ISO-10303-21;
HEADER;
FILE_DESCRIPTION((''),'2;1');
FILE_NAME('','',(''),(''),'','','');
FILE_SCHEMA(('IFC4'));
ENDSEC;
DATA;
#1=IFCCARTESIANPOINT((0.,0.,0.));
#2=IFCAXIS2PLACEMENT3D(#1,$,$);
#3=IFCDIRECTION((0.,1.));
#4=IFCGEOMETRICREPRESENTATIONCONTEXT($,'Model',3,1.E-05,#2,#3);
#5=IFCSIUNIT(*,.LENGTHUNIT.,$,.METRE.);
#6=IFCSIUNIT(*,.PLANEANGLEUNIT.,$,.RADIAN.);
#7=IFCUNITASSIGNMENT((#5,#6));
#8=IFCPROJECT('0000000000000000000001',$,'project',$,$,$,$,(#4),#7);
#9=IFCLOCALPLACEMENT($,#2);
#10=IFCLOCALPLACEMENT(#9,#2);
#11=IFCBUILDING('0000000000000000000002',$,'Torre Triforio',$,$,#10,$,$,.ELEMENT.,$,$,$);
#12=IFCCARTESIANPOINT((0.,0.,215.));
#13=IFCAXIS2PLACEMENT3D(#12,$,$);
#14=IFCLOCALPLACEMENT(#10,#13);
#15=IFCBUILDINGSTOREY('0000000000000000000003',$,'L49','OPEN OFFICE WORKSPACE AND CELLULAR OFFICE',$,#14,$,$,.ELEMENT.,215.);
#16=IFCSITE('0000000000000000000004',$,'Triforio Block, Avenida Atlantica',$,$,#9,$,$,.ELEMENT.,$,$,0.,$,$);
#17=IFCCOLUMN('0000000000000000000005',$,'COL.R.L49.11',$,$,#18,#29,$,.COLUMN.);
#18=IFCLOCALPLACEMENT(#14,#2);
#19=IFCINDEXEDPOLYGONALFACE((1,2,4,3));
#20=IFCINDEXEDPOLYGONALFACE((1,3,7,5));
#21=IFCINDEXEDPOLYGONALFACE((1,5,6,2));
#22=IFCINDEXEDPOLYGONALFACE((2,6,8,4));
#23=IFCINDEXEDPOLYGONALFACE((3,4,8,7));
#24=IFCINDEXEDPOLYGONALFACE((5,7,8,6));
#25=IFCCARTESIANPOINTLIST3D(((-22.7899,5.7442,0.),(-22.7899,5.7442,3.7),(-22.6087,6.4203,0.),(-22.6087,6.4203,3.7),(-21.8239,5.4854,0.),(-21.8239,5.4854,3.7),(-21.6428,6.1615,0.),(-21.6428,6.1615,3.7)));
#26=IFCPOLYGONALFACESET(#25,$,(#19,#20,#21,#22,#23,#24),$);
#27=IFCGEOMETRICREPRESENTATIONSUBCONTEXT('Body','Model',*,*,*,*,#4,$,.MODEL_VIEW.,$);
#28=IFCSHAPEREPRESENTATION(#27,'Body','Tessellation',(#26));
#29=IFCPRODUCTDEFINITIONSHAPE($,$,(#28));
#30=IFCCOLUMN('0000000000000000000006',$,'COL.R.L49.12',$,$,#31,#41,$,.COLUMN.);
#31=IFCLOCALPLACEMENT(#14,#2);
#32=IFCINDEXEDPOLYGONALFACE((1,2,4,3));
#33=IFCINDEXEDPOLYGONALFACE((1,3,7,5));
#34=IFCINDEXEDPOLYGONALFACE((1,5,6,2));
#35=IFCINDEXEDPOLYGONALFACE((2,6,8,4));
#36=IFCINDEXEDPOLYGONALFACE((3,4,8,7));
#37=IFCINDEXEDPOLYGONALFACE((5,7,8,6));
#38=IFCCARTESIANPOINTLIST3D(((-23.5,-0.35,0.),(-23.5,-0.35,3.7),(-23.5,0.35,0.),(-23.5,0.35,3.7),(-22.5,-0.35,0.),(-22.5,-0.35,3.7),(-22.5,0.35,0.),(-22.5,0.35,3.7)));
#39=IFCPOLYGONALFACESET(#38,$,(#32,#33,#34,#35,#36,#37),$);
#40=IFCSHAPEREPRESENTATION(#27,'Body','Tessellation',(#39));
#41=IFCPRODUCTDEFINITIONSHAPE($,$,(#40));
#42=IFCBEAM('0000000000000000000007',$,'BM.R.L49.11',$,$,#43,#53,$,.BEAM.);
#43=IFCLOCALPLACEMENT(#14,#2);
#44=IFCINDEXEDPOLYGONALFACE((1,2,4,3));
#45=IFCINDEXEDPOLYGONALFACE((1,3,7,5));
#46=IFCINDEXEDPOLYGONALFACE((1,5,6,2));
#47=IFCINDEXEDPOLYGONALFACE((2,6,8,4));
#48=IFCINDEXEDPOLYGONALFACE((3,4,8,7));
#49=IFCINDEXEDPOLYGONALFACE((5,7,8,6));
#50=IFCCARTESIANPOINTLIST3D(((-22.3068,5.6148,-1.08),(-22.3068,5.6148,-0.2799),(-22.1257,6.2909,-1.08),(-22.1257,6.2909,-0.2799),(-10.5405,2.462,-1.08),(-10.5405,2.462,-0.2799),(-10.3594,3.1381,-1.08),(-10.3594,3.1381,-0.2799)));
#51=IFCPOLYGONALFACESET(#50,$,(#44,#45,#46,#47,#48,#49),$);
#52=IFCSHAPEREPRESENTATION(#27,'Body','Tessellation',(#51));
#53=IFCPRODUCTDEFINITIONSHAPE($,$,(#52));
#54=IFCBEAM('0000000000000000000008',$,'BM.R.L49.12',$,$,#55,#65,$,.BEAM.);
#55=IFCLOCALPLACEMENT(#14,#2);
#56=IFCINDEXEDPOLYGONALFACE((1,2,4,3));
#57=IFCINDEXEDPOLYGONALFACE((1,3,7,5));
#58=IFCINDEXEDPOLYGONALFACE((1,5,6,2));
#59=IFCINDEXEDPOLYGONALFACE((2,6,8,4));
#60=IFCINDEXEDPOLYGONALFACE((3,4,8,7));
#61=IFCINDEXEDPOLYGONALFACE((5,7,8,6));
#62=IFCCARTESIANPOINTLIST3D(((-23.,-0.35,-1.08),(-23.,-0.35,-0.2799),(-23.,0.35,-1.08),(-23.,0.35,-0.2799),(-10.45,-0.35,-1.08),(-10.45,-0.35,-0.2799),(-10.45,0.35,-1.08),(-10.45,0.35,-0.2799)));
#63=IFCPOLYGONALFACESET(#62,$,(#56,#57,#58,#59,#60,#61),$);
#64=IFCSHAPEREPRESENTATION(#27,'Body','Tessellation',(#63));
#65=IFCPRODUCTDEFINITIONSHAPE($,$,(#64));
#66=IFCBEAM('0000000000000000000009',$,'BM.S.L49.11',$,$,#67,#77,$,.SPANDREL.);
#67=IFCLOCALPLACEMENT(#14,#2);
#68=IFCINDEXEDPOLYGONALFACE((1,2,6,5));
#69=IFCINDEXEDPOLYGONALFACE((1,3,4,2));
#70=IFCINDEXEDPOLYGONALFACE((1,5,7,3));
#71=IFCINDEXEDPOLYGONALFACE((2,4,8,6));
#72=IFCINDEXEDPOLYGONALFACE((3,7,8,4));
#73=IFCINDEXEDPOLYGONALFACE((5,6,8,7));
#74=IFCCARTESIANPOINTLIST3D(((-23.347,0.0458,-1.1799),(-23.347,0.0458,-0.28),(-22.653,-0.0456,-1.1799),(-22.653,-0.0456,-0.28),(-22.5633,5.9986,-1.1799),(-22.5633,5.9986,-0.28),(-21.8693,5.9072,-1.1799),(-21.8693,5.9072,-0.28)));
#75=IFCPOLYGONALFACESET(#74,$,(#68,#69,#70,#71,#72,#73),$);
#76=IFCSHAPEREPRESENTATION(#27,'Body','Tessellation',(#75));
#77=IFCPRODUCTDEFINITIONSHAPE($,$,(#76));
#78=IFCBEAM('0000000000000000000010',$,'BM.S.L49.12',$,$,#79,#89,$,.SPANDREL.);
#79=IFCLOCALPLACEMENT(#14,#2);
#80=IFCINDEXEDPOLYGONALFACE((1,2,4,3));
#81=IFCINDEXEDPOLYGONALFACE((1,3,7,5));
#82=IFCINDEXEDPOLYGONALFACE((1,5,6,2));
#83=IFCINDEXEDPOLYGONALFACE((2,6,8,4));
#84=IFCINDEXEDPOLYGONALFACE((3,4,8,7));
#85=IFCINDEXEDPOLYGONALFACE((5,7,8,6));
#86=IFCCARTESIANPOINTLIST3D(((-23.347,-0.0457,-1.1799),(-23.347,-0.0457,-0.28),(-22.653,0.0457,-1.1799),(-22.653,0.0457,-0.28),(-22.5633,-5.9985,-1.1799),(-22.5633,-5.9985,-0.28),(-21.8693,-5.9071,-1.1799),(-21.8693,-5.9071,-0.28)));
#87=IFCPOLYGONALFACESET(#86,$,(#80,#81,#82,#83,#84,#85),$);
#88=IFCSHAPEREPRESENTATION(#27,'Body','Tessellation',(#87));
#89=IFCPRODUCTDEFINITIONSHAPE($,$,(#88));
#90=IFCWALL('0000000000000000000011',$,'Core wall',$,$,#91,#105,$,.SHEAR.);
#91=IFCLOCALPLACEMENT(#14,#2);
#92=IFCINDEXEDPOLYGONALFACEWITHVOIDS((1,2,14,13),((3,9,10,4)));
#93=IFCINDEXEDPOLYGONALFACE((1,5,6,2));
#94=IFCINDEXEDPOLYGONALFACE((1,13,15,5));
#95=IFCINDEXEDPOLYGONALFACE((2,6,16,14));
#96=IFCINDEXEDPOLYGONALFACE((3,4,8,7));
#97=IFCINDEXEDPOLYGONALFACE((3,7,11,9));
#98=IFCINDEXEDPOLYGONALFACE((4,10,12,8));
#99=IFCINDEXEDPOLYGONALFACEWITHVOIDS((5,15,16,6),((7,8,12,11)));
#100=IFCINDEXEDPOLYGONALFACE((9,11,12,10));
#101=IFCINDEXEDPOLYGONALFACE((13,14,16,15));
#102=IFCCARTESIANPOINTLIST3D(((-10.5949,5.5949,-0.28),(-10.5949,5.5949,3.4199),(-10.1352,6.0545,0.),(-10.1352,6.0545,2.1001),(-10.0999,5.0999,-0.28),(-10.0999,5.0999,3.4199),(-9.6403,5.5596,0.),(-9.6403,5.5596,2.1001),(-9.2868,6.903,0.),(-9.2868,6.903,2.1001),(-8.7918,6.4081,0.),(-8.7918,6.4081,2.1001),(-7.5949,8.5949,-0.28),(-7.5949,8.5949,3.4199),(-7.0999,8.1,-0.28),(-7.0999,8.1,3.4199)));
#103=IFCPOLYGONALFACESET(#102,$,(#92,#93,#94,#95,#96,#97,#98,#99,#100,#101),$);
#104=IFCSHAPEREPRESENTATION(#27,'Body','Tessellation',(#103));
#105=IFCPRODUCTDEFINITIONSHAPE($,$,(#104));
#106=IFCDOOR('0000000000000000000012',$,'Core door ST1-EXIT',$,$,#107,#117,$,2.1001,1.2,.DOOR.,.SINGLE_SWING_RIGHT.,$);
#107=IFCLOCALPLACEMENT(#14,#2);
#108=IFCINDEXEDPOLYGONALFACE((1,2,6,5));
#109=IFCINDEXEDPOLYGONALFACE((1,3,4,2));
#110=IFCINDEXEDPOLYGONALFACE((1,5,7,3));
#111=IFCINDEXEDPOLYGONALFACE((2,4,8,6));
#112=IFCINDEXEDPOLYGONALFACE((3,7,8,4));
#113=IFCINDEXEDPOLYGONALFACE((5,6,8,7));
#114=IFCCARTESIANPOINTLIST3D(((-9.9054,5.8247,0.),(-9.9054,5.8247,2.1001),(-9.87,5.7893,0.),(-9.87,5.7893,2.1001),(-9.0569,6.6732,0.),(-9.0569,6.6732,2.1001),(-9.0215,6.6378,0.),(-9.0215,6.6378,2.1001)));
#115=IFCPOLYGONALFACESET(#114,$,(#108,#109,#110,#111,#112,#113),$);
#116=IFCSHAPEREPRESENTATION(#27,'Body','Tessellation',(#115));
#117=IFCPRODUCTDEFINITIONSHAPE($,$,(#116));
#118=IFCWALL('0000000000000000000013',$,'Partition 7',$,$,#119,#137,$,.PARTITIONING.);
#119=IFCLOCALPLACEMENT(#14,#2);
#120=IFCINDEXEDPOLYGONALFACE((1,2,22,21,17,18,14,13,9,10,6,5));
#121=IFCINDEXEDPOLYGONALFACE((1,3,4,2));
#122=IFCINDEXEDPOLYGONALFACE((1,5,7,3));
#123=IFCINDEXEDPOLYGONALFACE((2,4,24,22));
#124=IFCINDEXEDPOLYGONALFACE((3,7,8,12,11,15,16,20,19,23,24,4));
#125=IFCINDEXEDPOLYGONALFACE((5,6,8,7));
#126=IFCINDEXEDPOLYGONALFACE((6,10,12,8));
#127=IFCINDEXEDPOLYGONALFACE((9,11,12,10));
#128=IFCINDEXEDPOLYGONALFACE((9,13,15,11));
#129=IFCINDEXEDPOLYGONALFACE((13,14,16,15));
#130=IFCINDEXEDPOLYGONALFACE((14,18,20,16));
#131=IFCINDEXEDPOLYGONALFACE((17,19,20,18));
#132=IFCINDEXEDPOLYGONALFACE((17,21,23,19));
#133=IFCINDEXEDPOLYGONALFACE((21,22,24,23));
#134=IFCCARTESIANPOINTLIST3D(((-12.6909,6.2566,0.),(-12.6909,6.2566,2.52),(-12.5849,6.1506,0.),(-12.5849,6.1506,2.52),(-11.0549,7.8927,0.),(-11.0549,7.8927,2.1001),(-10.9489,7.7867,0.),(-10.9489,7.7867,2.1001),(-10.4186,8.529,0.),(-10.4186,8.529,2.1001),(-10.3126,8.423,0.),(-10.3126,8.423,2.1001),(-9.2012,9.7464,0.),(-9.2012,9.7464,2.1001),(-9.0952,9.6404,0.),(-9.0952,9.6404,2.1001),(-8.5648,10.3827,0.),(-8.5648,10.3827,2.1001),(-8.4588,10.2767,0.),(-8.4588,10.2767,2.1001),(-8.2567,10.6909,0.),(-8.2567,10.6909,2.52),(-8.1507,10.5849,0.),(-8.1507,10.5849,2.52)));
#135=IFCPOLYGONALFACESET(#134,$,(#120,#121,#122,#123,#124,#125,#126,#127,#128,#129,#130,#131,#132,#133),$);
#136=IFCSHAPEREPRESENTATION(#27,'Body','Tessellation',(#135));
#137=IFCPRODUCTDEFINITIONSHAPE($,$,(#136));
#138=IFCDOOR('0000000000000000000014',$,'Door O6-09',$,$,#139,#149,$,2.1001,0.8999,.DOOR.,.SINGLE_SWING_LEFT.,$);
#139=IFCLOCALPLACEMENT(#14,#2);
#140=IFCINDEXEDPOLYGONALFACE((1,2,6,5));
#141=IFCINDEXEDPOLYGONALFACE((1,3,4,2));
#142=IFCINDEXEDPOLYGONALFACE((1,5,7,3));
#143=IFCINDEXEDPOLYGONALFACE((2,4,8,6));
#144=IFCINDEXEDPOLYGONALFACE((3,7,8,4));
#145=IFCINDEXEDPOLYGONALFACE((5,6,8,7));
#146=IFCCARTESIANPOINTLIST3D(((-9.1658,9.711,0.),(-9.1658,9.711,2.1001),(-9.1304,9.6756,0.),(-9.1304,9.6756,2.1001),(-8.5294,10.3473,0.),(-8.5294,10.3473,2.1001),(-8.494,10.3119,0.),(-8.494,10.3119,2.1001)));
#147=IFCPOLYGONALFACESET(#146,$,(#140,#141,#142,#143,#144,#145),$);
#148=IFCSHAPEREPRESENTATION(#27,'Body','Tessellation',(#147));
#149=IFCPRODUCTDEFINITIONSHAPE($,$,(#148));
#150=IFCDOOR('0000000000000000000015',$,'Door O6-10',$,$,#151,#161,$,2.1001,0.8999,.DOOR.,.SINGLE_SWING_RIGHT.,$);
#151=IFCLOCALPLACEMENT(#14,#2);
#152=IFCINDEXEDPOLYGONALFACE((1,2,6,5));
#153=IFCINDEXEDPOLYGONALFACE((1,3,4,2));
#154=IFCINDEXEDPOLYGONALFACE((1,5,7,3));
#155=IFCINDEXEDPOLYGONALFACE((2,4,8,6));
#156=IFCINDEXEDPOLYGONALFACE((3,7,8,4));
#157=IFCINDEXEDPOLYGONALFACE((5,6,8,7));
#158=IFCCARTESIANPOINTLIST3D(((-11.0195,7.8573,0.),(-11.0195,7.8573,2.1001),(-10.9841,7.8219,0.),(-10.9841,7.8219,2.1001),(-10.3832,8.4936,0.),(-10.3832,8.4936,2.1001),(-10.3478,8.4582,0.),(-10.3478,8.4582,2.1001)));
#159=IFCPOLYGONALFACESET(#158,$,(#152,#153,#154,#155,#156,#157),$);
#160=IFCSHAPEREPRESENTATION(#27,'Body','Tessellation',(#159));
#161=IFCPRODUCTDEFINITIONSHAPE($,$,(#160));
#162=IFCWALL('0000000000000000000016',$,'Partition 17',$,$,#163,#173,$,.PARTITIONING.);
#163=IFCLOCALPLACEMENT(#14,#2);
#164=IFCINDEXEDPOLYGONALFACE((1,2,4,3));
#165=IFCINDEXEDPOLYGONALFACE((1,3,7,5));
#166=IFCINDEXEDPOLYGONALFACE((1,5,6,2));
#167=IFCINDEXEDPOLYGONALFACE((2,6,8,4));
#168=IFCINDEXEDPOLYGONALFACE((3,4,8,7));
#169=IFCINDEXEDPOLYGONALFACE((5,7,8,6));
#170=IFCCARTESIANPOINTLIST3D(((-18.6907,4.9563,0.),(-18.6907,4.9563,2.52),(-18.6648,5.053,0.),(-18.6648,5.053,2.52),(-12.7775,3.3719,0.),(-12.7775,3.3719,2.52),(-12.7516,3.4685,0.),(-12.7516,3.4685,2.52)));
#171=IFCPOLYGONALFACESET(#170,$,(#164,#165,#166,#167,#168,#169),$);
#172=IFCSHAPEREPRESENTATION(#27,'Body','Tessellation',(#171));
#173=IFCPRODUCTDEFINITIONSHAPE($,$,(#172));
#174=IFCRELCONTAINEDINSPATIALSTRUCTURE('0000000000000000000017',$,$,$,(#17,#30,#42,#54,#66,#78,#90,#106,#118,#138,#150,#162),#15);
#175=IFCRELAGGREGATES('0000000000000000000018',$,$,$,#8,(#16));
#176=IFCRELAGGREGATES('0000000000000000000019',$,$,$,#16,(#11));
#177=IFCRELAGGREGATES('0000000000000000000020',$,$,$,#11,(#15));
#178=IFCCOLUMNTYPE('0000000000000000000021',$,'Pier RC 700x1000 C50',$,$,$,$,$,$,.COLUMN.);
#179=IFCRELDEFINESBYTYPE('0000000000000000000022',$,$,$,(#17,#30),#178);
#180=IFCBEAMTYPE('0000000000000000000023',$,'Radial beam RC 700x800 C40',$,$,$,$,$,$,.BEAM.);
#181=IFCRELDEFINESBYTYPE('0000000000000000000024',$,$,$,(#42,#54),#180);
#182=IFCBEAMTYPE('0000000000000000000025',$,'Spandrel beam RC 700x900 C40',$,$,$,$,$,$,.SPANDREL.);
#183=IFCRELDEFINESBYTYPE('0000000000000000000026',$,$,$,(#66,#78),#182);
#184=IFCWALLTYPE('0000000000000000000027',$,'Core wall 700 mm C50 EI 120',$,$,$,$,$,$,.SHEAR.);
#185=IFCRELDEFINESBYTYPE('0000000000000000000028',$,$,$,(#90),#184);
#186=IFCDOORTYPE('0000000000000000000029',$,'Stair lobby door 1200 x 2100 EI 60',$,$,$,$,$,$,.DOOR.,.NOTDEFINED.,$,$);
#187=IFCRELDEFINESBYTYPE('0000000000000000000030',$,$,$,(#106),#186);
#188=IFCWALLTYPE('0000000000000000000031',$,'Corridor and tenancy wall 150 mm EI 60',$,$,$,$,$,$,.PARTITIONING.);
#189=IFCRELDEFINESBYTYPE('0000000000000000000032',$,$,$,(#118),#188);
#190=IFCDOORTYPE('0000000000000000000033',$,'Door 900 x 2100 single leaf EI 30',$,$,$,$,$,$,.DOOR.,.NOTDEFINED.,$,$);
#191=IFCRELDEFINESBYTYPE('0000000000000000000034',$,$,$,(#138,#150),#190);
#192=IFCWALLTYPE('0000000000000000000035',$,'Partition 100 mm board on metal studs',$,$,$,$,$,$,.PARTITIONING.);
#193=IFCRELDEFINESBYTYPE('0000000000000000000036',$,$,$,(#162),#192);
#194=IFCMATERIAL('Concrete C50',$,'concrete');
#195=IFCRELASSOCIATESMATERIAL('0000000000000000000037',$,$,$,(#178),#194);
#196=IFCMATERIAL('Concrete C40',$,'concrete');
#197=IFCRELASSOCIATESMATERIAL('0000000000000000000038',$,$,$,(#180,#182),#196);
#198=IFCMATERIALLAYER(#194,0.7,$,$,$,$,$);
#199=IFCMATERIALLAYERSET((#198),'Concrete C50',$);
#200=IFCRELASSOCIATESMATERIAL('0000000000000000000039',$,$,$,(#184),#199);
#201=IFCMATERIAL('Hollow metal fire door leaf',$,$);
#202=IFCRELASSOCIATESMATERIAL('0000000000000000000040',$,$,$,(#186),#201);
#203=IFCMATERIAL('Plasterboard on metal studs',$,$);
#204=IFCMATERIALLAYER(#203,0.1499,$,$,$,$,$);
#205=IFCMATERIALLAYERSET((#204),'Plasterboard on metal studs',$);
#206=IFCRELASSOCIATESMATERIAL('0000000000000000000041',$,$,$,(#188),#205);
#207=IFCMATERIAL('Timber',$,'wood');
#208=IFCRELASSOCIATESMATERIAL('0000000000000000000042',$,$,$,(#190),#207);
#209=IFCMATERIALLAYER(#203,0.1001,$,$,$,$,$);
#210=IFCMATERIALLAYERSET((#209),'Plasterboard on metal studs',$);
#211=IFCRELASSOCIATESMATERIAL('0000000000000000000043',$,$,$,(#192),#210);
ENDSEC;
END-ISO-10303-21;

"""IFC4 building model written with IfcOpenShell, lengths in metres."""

from ifc_helpers import new_model, si_unit, direction, frame, frame_2d, origin, origin_2d, place, context, subcontext, project, spatial, rectangle, extrude, material, layer, layer_set, material_profile, profile_set, type_object, element, fill, save


model = new_model("IFC4")

# Units and contexts
model_context = context("Model", 3, precision=1e-05, world=origin(), true_north=direction((0.0, 1.0)))
body_context = subcontext(model_context, "Body", "Model", "MODEL_VIEW")
ifc_project = project(units=[si_unit("LENGTHUNIT", "METRE"), si_unit("PLANEANGLEUNIT", "RADIAN")], contexts=[model_context])

# Site, building, storey
site_placement = place(None, origin())
site = spatial("IfcSite", under=ifc_project, at=site_placement, Name="Triforio Block, Avenida Atlantica", CompositionType="ELEMENT", RefElevation=0.0)
building_placement = place(site_placement, origin())
building = spatial("IfcBuilding", under=site, at=building_placement, Name="Torre Triforio", CompositionType="ELEMENT")
storey_placement = place(building_placement, frame((0.0, 0.0, 215.0)))
storey = spatial("IfcBuildingStorey", under=building, at=storey_placement, Name="L49", Description="OPEN OFFICE WORKSPACE AND CELLULAR OFFICE", CompositionType="ELEMENT", Elevation=215.0)

# Columns
ifc_material_1 = material(Name="Concrete C50", Category="concrete")
ifc_material_profile_1 = material_profile(ifc_material_1, rectangle(XDim=0.7, YDim=1.0, at=origin_2d()), Name="RC 700x1000")
ifc_profile_set_1 = profile_set([ifc_material_profile_1], Name="Concrete C50")
column_type = type_object("IfcColumnType", Name="Pier RC 700x1000 C50", PredefinedType="COLUMN", material=ifc_profile_set_1)
for number, where, z_axis, x_axis, name in (
    (1, (-22.2163, 5.9529, 0.0), (0.0, 0.0, 1.0), (-0.258819, -0.965926, 0.0), "COL.R.L49.11"),
    (2, (-23.0, 0.0, 0.0), (0.0, 0.0, 1.0), (0.0, -1.0, 0.0), "COL.R.L49.12"),
):
    element("IfcColumn", number, at=place(storey_placement, frame(where, z_axis=z_axis, x_axis=x_axis)), inside=storey, type_object=column_type, Name=name, PredefinedType="COLUMN", context=body_context, shape_type="SweptSolid", body=[
        extrude(rectangle(XDim=0.7, YDim=1.0, at=origin_2d()), origin(), (0.0, 0.0, 1.0), 3.7),
    ])

# Beams
ifc_material_2 = material(Name="Concrete C40", Category="concrete")
ifc_material_profile_2 = material_profile(ifc_material_2, rectangle(XDim=0.7, YDim=0.8, at=origin_2d()), Name="RC 700x800")
ifc_profile_set_2 = profile_set([ifc_material_profile_2], Name="Concrete C40")
beam_type_1 = type_object("IfcBeamType", Name="Radial beam RC 700x800 C40", PredefinedType="BEAM", material=ifc_profile_set_2)
beam_1_placement = place(storey_placement, frame((-10.45, 2.8, -0.6799), z_axis=(-0.965925, 0.258823, 0.0), x_axis=(-0.258823, -0.965925, 0.0)))
element("IfcBeam", 3, at=beam_1_placement, inside=storey, type_object=beam_type_1, Name="BM.R.L49.11", PredefinedType="BEAM", context=body_context, shape_type="SweptSolid", body=[
    extrude(rectangle(XDim=0.7, YDim=0.8, at=origin_2d()), origin(), (0.0, 0.0, 1.0), 12.1814),
])
beam_2_placement = place(storey_placement, frame((-10.45, 0.0, -0.6799), z_axis=(-1.0, 0.0, 0.0), x_axis=(0.0, -1.0, 0.0)))
element("IfcBeam", 4, at=beam_2_placement, inside=storey, type_object=beam_type_1, Name="BM.R.L49.12", PredefinedType="BEAM", context=body_context, shape_type="SweptSolid", body=[
    extrude(rectangle(XDim=0.7, YDim=0.8, at=origin_2d()), origin(), (0.0, 0.0, 1.0), 12.55),
])
ifc_material_profile_3 = material_profile(ifc_material_2, rectangle(XDim=0.7, YDim=0.8999, at=origin_2d()), Name="RC 700x900")
ifc_profile_set_3 = profile_set([ifc_material_profile_3], Name="Concrete C40")
beam_type_2 = type_object("IfcBeamType", Name="Spandrel beam RC 700x900 C40", PredefinedType="SPANDREL", material=ifc_profile_set_3)
for number, where, z_axis, x_axis, name in (
    (5, (-22.2163, 5.9529, -0.73), (-0.130523, -0.991445, 0.0), (0.991445, -0.130523, 0.0), "BM.S.L49.11"),
    (6, (-23.0, 0.0, -0.73), (0.130523, -0.991445, 0.0), (0.991445, 0.130523, 0.0), "BM.S.L49.12"),
):
    element("IfcBeam", number, at=place(storey_placement, frame(where, z_axis=z_axis, x_axis=x_axis)), inside=storey, type_object=beam_type_2, Name=name, PredefinedType="SPANDREL", context=body_context, shape_type="SweptSolid", body=[
        extrude(rectangle(XDim=0.7, YDim=0.8999, at=origin_2d()), origin(), (0.0, 0.0, 1.0), 6.0042),
    ])

# Wall, opening, door
ifc_layer_1 = layer(ifc_material_1, 0.7)
ifc_layer_set_1 = layer_set([ifc_layer_1], Name="Concrete C50")
wall_type_1 = type_object("IfcWallType", Name="Core wall 700 mm C50 EI 120", PredefinedType="SHEAR", material=ifc_layer_set_1)
wall_1_placement = place(storey_placement, frame((-10.3474, 5.3474, -0.28), z_axis=(0.0, 0.0, 1.0), x_axis=(0.707107, 0.707107, 0.0)))
wall_1 = element("IfcWall", 7, at=wall_1_placement, inside=storey, type_object=wall_type_1, Name="Core wall", PredefinedType="SHEAR", context=body_context, shape_type="SweptSolid", body=[
    extrude(rectangle(XDim=4.2427, YDim=0.7, at=frame_2d((2.1213, 0.0))), origin(), (0.0, 0.0, 1.0), 3.7),
])
opening_1_placement = place(wall_1_placement, frame((0.6499, 0.0, 0.28)))
opening_1 = element("IfcOpeningElement", 8, at=opening_1_placement, cuts=wall_1, PredefinedType="OPENING", context=body_context, shape_type="SweptSolid", body=[
    extrude(rectangle(XDim=1.2, YDim=2.1001, at=frame_2d((0.6001, 1.05))), frame((0.0, 0.3599, 0.0), z_axis=(0.0, -1.0, 0.0), x_axis=(1.0, 0.0, 0.0)), (0.0, 0.0, 1.0), 0.72),
])
ifc_material_3 = material(Name="Hollow metal fire door leaf")
door_type_1 = type_object("IfcDoorType", Name="Stair lobby door 1200 x 2100 EI 60", OperationType="NOTDEFINED", PredefinedType="DOOR", material=ifc_material_3)
door_1_placement = place(opening_1_placement, origin())
door_1 = element("IfcDoor", 9, at=door_1_placement, inside=storey, type_object=door_type_1, Name="Core door ST1-EXIT", OperationType="SINGLE_SWING_RIGHT", OverallHeight=2.1001, OverallWidth=1.2, PredefinedType="DOOR", context=body_context, shape_type="SweptSolid", body=[
    extrude(rectangle(XDim=1.2, YDim=2.1001, at=frame_2d((0.6001, 1.05))), frame((0.0, 0.0249, 0.0), z_axis=(0.0, -1.0, 0.0), x_axis=(1.0, 0.0, 0.0)), (0.0, 0.0, 1.0), 0.05),
])
fill(opening_1, door_1)

# Wall, openings, doors
ifc_material_4 = material(Name="Plasterboard on metal studs")
ifc_layer_2 = layer(ifc_material_4, 0.1499)
ifc_layer_set_2 = layer_set([ifc_layer_2], Name="Plasterboard on metal studs")
wall_type_2 = type_object("IfcWallType", Name="Corridor and tenancy wall 150 mm EI 60", PredefinedType="PARTITIONING", material=ifc_layer_set_2)
wall_2_placement = place(storey_placement, frame((-12.6379, 6.2036, 0.0), z_axis=(0.0, 0.0, 1.0), x_axis=(0.707107, 0.707107, 0.0)))
wall_2 = element("IfcWall", 10, at=wall_2_placement, inside=storey, type_object=wall_type_2, Name="Partition 7", PredefinedType="PARTITIONING", context=body_context, shape_type="SweptSolid", body=[
    extrude(rectangle(XDim=6.271, YDim=0.1499, at=frame_2d((3.1355, 0.0))), origin(), (0.0, 0.0, 1.0), 2.52),
])
opening_2_placement = place(wall_2_placement, frame((4.9353, 0.0, 0.0)))
opening_2 = element("IfcOpeningElement", 11, at=opening_2_placement, cuts=wall_2, PredefinedType="OPENING", context=body_context, shape_type="SweptSolid", body=[
    extrude(rectangle(XDim=0.8999, YDim=2.1001, at=frame_2d((0.45, 1.05))), frame((0.0, 0.085, 0.0), z_axis=(0.0, -1.0, 0.0), x_axis=(1.0, 0.0, 0.0)), (0.0, 0.0, 1.0), 0.1699),
])
opening_3_placement = place(wall_2_placement, frame((2.3137, 0.0, 0.0)))
opening_3 = element("IfcOpeningElement", 12, at=opening_3_placement, cuts=wall_2, PredefinedType="OPENING", context=body_context, shape_type="SweptSolid", body=[
    extrude(rectangle(XDim=0.8999, YDim=2.1001, at=frame_2d((0.45, 1.05))), frame((0.0, 0.085, 0.0), z_axis=(0.0, -1.0, 0.0), x_axis=(1.0, 0.0, 0.0)), (0.0, 0.0, 1.0), 0.1699),
])
ifc_material_5 = material(Name="Timber", Category="wood")
door_type_2 = type_object("IfcDoorType", Name="Door 900 x 2100 single leaf EI 30", OperationType="NOTDEFINED", PredefinedType="DOOR", material=ifc_material_5)
door_2_placement = place(opening_2_placement, origin())
door_2 = element("IfcDoor", 13, at=door_2_placement, inside=storey, type_object=door_type_2, Name="Door O6-09", OperationType="SINGLE_SWING_LEFT", OverallHeight=2.1001, OverallWidth=0.8999, PredefinedType="DOOR", context=body_context, shape_type="SweptSolid", body=[
    extrude(rectangle(XDim=0.8999, YDim=2.1001, at=frame_2d((0.45, 1.05))), frame((0.0, 0.0249, 0.0), z_axis=(0.0, -1.0, 0.0), x_axis=(1.0, 0.0, 0.0)), (0.0, 0.0, 1.0), 0.05),
])
fill(opening_2, door_2)
door_3_placement = place(opening_3_placement, origin())
door_3 = element("IfcDoor", 14, at=door_3_placement, inside=storey, type_object=door_type_2, Name="Door O6-10", OperationType="SINGLE_SWING_RIGHT", OverallHeight=2.1001, OverallWidth=0.8999, PredefinedType="DOOR", context=body_context, shape_type="SweptSolid", body=[
    extrude(rectangle(XDim=0.8999, YDim=2.1001, at=frame_2d((0.45, 1.05))), frame((0.0, 0.0249, 0.0), z_axis=(0.0, -1.0, 0.0), x_axis=(1.0, 0.0, 0.0)), (0.0, 0.0, 1.0), 0.05),
])
fill(opening_3, door_3)

# Wall
ifc_layer_3 = layer(ifc_material_4, 0.1001)
ifc_layer_set_3 = layer_set([ifc_layer_3], Name="Plasterboard on metal studs")
wall_type_3 = type_object("IfcWallType", Name="Partition 100 mm board on metal studs", PredefinedType="PARTITIONING", material=ifc_layer_set_3)
wall_3_placement = place(storey_placement, frame((-12.7644, 3.4202, 0.0), z_axis=(0.0, 0.0, 1.0), x_axis=(-0.965926, 0.258819, 0.0)))
element("IfcWall", 15, at=wall_3_placement, inside=storey, type_object=wall_type_3, Name="Partition 17", PredefinedType="PARTITIONING", context=body_context, shape_type="SweptSolid", body=[
    extrude(rectangle(XDim=6.1218, YDim=0.1001, at=frame_2d((3.061, 0.0))), origin(), (0.0, 0.0, 1.0), 2.52),
])

save(model, "model.ifc")
